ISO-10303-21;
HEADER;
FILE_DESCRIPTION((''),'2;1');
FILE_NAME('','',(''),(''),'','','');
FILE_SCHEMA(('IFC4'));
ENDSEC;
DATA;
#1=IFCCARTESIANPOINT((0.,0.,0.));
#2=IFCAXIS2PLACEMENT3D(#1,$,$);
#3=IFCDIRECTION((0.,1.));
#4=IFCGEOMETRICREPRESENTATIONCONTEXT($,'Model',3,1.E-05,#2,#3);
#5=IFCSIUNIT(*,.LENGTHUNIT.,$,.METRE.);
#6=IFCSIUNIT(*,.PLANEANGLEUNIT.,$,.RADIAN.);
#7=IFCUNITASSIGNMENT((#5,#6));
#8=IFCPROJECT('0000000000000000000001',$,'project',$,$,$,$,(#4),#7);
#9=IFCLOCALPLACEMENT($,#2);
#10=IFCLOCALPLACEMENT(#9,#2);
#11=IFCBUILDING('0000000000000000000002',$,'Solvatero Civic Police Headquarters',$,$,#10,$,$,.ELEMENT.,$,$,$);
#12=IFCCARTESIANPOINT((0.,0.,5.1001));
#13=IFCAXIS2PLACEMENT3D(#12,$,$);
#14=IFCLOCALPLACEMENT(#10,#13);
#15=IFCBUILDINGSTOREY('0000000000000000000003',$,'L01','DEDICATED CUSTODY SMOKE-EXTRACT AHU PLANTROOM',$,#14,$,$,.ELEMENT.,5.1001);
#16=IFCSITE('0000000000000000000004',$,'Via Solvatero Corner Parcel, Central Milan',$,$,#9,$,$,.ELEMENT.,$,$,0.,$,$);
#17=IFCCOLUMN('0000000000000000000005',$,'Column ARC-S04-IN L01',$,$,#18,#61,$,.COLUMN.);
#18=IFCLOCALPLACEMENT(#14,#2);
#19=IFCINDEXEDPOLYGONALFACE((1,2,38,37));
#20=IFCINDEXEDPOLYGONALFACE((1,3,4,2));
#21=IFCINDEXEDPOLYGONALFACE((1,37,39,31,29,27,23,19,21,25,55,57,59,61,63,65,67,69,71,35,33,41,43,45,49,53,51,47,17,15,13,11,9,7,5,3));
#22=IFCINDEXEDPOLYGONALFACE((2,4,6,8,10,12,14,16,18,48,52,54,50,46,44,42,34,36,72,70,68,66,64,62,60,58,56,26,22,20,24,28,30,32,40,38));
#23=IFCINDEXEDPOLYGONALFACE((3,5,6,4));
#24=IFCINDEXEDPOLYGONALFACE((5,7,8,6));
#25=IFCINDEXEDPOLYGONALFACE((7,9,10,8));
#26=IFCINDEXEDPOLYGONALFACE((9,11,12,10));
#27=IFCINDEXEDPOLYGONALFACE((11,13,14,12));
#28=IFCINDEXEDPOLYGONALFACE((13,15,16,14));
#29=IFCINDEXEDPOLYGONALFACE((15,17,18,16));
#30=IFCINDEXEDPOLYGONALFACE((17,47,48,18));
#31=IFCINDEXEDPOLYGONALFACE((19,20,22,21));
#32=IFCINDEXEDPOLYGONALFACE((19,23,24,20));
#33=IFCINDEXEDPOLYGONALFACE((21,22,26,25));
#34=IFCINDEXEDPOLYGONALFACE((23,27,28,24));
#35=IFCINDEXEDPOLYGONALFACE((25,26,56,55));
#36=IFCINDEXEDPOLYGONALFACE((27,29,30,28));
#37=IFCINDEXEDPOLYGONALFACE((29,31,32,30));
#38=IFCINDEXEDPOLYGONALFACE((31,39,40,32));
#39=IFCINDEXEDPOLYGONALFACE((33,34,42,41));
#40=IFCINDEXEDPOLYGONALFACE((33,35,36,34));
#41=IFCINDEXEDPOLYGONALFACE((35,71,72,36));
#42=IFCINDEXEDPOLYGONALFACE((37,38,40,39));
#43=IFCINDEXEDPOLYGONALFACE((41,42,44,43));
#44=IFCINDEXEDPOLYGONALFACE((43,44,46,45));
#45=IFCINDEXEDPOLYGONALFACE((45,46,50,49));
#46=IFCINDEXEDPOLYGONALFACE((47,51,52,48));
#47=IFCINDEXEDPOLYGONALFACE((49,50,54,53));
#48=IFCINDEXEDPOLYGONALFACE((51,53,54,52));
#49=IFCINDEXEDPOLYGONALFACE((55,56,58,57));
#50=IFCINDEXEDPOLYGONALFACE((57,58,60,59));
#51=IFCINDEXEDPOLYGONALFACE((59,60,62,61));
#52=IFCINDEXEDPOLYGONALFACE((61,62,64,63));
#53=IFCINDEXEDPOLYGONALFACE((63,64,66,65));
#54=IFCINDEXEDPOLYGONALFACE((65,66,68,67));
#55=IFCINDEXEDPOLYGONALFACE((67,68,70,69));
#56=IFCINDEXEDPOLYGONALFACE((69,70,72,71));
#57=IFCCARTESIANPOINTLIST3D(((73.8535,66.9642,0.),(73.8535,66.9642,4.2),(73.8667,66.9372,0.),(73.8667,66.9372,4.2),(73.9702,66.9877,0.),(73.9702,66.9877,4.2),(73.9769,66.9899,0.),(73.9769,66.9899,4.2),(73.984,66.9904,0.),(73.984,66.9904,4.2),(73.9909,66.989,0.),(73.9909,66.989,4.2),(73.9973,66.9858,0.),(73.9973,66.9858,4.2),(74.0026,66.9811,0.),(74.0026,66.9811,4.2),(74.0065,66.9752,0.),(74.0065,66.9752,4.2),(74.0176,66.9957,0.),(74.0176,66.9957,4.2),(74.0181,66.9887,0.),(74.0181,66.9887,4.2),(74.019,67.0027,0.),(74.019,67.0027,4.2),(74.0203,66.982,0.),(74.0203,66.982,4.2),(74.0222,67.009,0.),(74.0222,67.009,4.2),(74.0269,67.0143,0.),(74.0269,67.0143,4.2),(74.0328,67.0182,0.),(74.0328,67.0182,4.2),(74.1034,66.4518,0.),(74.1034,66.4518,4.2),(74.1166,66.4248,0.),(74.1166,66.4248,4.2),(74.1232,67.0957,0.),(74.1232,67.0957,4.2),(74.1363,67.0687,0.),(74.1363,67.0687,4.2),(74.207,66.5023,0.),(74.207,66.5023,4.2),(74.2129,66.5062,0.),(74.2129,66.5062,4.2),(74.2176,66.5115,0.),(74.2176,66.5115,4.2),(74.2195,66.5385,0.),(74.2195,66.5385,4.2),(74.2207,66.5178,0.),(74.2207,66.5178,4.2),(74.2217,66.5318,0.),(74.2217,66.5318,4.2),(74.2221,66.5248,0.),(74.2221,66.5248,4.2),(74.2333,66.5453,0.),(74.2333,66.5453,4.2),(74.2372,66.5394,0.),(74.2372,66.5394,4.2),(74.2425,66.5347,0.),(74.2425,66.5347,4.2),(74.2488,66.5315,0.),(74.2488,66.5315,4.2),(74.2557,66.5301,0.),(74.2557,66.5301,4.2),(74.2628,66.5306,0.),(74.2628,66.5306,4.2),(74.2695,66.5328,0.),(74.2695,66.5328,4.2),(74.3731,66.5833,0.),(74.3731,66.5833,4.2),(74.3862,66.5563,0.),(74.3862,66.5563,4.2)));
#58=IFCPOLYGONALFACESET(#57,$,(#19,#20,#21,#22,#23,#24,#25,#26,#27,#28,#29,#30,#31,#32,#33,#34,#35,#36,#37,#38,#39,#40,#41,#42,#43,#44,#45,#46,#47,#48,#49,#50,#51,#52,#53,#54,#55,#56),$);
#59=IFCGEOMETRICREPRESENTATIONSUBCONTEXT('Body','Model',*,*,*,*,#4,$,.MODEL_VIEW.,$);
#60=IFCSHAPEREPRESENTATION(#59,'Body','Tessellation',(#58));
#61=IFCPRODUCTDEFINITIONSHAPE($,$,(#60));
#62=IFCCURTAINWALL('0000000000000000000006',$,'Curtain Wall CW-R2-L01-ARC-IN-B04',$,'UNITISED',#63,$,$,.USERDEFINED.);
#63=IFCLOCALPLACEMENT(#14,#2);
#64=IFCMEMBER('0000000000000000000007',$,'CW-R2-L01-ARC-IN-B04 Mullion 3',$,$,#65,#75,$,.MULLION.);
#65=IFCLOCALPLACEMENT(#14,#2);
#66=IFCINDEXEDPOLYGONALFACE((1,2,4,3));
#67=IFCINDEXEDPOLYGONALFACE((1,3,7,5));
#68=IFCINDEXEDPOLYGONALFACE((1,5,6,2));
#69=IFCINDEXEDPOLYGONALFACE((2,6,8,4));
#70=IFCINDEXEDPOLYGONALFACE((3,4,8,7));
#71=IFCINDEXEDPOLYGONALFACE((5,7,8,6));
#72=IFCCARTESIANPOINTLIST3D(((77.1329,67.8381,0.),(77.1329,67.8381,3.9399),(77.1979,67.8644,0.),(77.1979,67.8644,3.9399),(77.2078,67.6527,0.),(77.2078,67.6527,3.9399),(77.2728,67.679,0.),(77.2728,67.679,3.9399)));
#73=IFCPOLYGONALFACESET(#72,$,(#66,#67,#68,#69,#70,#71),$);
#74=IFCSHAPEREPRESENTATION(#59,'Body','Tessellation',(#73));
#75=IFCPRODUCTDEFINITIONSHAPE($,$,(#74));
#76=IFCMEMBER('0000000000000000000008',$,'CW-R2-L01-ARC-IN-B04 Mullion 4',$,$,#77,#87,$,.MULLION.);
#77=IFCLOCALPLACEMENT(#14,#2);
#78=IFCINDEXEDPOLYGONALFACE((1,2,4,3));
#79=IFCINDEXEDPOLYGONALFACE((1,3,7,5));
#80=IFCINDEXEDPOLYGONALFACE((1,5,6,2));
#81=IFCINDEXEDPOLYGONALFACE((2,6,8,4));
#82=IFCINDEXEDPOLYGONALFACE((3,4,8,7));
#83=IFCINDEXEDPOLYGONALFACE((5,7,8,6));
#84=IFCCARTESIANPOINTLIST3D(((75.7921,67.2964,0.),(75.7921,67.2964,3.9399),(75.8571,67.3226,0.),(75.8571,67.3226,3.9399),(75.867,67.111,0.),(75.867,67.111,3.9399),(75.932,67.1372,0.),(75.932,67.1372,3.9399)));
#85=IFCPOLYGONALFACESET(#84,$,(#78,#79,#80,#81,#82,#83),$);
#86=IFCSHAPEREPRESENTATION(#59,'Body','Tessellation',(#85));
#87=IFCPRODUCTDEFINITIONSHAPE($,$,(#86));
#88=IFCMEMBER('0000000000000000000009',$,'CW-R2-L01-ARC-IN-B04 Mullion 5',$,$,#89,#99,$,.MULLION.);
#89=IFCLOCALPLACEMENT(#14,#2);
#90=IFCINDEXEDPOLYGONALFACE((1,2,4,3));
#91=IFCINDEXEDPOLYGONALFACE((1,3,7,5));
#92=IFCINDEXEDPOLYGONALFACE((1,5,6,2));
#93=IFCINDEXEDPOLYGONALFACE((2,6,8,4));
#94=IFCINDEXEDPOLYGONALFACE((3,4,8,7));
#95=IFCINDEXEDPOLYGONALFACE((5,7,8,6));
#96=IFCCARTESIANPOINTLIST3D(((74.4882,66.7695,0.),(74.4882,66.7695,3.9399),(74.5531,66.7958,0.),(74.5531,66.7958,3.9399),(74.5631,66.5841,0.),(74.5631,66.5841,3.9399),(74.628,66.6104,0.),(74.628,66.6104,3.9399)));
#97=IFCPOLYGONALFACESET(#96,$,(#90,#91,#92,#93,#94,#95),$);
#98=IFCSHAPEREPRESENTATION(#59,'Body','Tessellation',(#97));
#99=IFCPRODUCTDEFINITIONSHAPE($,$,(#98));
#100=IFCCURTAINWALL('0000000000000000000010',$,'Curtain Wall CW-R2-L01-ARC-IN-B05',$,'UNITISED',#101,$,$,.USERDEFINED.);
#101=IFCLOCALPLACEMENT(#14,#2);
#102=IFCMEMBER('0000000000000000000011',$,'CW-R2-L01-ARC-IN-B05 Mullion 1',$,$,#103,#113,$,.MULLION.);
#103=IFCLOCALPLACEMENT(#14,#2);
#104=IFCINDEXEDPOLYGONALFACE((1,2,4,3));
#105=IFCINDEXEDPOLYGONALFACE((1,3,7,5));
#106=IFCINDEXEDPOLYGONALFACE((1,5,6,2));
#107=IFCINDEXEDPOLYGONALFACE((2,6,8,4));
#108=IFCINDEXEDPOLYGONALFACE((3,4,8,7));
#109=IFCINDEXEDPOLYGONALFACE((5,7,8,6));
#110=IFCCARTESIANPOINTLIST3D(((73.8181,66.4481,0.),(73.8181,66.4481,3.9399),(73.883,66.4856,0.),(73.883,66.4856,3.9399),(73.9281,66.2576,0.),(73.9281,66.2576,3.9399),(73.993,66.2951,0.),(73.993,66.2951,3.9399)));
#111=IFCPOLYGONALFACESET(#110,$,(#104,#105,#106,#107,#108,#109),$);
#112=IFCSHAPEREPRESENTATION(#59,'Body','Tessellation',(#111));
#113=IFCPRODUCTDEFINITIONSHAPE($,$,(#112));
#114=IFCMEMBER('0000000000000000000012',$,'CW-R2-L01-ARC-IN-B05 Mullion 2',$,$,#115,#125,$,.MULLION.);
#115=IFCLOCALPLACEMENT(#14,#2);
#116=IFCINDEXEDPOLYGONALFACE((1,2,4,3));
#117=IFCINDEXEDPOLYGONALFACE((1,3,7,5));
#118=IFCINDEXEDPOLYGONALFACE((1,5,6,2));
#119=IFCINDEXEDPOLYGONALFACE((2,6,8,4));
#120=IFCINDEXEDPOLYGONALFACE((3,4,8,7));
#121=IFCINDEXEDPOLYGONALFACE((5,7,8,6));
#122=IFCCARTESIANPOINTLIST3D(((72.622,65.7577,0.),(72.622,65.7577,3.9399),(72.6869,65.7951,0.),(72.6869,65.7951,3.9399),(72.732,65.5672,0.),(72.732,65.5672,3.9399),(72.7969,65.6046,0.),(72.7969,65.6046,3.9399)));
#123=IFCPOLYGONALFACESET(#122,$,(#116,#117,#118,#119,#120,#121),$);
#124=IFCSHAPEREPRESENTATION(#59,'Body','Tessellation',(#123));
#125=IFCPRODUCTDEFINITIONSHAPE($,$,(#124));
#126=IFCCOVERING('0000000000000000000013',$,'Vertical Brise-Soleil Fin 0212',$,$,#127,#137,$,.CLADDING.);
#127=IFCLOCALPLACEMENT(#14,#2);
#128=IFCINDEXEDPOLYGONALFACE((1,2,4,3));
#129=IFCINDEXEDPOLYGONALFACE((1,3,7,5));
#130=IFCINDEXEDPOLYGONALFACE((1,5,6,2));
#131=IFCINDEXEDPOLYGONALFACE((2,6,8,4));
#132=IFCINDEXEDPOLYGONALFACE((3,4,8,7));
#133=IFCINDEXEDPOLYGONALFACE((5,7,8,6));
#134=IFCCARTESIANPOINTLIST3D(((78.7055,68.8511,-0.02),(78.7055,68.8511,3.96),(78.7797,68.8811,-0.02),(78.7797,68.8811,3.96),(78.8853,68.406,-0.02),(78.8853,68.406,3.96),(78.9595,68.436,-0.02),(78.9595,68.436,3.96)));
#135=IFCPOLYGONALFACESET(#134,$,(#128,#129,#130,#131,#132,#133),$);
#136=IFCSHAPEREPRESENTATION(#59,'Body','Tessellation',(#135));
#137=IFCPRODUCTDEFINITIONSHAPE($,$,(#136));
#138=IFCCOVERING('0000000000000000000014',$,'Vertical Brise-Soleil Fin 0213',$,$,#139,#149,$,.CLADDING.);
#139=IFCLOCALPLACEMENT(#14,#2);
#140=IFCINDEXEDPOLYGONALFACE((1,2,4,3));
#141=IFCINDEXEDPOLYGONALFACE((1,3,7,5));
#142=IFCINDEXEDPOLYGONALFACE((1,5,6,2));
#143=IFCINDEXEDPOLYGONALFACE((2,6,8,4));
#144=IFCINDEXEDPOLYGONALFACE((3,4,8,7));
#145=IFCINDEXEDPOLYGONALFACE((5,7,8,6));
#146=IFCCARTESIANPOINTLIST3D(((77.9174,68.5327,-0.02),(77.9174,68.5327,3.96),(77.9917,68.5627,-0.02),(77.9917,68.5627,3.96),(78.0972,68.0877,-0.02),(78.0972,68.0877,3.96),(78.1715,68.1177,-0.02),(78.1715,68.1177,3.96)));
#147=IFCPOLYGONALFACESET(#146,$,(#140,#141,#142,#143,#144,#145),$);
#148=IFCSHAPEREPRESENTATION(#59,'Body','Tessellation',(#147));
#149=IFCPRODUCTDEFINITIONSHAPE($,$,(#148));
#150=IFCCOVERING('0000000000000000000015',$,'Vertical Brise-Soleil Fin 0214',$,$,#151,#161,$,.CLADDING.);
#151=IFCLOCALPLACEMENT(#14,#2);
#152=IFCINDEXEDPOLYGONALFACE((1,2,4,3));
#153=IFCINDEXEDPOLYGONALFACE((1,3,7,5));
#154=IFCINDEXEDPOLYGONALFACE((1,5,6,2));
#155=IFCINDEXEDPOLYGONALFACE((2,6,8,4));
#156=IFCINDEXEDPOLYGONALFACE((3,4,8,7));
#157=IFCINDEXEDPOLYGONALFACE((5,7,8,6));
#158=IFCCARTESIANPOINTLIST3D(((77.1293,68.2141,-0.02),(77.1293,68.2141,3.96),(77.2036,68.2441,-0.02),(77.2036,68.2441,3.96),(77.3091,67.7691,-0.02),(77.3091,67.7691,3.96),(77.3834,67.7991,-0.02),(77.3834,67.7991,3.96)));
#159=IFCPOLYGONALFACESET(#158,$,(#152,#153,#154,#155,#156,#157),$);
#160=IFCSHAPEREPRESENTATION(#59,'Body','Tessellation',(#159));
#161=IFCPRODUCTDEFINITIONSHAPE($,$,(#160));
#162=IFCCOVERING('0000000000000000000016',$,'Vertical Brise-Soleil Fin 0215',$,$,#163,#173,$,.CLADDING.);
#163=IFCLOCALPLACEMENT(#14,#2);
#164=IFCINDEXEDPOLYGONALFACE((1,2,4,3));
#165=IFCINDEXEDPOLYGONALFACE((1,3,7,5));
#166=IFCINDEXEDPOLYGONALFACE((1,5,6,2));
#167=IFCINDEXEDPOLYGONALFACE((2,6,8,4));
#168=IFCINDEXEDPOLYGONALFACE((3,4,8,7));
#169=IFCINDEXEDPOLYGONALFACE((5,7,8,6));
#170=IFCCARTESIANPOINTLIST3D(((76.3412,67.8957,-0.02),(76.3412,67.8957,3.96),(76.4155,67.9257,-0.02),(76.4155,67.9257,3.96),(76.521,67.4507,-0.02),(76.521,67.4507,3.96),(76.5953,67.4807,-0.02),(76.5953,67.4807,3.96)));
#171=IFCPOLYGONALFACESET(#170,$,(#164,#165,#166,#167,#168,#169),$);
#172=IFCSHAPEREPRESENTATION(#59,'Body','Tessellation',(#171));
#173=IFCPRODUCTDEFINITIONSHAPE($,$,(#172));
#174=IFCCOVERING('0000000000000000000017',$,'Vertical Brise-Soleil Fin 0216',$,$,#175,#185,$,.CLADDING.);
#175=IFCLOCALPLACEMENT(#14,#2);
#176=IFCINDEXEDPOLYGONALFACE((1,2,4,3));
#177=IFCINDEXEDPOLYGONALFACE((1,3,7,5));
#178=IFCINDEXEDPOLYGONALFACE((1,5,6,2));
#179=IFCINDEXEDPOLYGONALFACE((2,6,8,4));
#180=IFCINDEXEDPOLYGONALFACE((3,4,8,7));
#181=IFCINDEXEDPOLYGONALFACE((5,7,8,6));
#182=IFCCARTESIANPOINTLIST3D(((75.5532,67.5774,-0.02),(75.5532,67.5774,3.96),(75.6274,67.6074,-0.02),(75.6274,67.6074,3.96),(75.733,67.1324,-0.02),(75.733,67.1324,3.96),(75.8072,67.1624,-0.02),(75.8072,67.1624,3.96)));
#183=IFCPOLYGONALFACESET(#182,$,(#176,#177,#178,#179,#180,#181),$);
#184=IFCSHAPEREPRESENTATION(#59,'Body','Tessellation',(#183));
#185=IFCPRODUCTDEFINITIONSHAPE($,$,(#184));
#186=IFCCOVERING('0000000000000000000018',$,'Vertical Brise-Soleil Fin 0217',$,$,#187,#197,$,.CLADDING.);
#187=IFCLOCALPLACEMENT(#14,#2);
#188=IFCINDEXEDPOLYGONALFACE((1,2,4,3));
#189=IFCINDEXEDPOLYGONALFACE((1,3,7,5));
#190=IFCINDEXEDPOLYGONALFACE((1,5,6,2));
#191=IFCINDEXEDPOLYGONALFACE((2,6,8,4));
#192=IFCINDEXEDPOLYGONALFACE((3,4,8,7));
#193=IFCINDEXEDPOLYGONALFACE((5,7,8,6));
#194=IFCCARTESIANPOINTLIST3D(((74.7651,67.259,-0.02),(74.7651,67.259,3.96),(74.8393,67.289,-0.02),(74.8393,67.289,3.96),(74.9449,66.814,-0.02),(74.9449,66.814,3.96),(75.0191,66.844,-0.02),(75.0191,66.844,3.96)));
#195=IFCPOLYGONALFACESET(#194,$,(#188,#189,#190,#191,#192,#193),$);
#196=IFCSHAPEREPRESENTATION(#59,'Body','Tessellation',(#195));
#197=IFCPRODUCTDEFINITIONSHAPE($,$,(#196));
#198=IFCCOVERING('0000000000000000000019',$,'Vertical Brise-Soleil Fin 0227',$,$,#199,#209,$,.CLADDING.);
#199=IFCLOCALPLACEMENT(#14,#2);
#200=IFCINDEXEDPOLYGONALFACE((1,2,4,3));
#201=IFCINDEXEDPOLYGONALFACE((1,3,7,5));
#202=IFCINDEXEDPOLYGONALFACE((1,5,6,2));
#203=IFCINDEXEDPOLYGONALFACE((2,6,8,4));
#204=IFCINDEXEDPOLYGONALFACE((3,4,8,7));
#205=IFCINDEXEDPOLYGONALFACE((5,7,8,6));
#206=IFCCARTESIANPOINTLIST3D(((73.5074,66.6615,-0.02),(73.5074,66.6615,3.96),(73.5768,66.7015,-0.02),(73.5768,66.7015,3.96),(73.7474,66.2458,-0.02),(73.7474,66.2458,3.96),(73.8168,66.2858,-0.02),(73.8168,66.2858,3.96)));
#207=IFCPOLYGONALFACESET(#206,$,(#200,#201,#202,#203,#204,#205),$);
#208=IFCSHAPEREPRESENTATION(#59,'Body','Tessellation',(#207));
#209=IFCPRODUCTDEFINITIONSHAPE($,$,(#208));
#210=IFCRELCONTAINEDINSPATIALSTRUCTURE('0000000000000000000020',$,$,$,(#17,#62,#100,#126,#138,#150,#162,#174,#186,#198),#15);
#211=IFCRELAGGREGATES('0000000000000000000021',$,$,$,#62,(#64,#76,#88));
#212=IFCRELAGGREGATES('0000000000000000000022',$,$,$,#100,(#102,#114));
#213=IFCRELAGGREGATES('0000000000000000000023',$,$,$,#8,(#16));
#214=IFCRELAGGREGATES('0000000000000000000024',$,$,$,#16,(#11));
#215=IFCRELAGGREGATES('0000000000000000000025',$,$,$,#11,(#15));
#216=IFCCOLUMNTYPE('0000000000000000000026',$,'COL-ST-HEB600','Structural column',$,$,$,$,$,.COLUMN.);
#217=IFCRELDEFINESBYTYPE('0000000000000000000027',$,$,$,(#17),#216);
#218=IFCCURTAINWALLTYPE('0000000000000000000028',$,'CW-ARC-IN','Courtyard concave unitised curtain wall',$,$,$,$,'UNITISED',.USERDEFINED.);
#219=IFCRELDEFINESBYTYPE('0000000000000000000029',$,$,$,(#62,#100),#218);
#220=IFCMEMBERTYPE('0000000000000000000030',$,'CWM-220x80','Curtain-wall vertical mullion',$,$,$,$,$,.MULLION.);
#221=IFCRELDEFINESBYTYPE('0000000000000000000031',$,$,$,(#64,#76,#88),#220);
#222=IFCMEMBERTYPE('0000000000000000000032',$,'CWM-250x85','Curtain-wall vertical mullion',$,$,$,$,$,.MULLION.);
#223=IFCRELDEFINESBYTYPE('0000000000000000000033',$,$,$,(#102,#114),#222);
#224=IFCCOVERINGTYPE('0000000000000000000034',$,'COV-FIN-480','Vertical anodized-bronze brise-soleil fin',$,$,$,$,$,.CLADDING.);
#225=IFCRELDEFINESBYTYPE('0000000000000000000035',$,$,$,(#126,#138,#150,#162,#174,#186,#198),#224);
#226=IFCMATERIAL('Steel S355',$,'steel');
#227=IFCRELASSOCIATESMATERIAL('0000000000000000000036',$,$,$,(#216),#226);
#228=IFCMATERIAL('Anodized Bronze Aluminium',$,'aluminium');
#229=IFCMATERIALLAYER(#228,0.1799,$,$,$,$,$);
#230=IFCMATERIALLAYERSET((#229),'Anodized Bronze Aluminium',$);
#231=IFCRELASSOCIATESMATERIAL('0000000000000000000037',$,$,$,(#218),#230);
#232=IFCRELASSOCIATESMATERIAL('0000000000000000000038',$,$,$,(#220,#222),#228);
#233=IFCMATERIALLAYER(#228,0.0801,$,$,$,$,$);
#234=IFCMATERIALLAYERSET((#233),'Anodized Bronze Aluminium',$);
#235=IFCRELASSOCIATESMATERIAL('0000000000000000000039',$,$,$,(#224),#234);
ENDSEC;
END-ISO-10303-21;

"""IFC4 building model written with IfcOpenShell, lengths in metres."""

from ifc_helpers import new_model, si_unit, direction, frame, origin, origin_2d, place, context, subcontext, project, spatial, rectangle, i_section, extrude, material, layer, layer_set, material_profile, profile_set, type_object, element, aggregate, save


model = new_model("IFC4")

# Units and contexts
model_context = context("Model", 3, precision=1e-05, world=origin(), true_north=direction((0.0, 1.0)))
body_context = subcontext(model_context, "Body", "Model", "MODEL_VIEW")
ifc_project = project(units=[si_unit("LENGTHUNIT", "METRE"), si_unit("PLANEANGLEUNIT", "RADIAN")], contexts=[model_context])

# Site, building, storey
site_placement = place(None, origin())
site = spatial("IfcSite", under=ifc_project, at=site_placement, Name="Via Solvatero Corner Parcel, Central Milan", CompositionType="ELEMENT", RefElevation=0.0)
building_placement = place(site_placement, origin())
building = spatial("IfcBuilding", under=site, at=building_placement, Name="Solvatero Civic Police Headquarters", CompositionType="ELEMENT")
storey_placement = place(building_placement, frame((0.0, 0.0, 5.1001)))
storey = spatial("IfcBuildingStorey", under=building, at=storey_placement, Name="L01", Description="DEDICATED CUSTODY SMOKE-EXTRACT AHU PLANTROOM", CompositionType="ELEMENT", Elevation=5.1001)

# Column
ifc_material_1 = material(Name="Steel S355", Category="steel")
ifc_material_profile_1 = material_profile(ifc_material_1, i_section(OverallWidth=0.3, OverallDepth=0.6001, WebThickness=0.0154, FlangeThickness=0.03, FilletRadius=0.0271, at=origin_2d()), Name="HEB 600")
ifc_profile_set_1 = profile_set([ifc_material_profile_1], Name="Steel S355")
column_type = type_object("IfcColumnType", Name="COL-ST-HEB600", Description="Structural column", PredefinedType="COLUMN", material=ifc_profile_set_1)
column_placement = place(storey_placement, frame((74.1199, 66.7603, 0.0), z_axis=(0.0, 0.0, 1.0), x_axis=(0.898794, 0.438371, 0.0)))
element("IfcColumn", 1, at=column_placement, inside=storey, type_object=column_type, Name="Column ARC-S04-IN L01", PredefinedType="COLUMN", context=body_context, shape_type="SweptSolid", body=[
    extrude(i_section(OverallWidth=0.3, OverallDepth=0.6001, WebThickness=0.0154, FlangeThickness=0.03, FilletRadius=0.0271, at=origin_2d()), origin(), (0.0, 0.0, 1.0), 4.2),
])

# Curtain walls, members
ifc_material_2 = material(Name="Anodized Bronze Aluminium", Category="aluminium")
ifc_layer_1 = layer(ifc_material_2, 0.1799)
ifc_layer_set_1 = layer_set([ifc_layer_1], Name="Anodized Bronze Aluminium")
curtain_wall_type = type_object("IfcCurtainWallType", Name="CW-ARC-IN", Description="Courtyard concave unitised curtain wall", ElementType="UNITISED", PredefinedType="USERDEFINED", material=ifc_layer_set_1)
curtain_wall_1_placement = place(storey_placement, origin())
curtain_wall_1 = element("IfcCurtainWall", 2, at=curtain_wall_1_placement, inside=storey, type_object=curtain_wall_type, Name="Curtain Wall CW-R2-L01-ARC-IN-B04", ObjectType="UNITISED", PredefinedType="USERDEFINED")
ifc_material_profile_2 = material_profile(ifc_material_2, rectangle(XDim=0.0701, YDim=0.2, at=origin_2d()), Name="ALU MULLION 70x200")
ifc_profile_set_2 = profile_set([ifc_material_profile_2], Name="Anodized Bronze Aluminium")
member_type_1 = type_object("IfcMemberType", Name="CWM-220x80", Description="Curtain-wall vertical mullion", PredefinedType="MULLION", material=ifc_profile_set_2)
member_1_placement = place(storey_placement, frame((77.2029, 67.7585, 0.0), z_axis=(0.0, 0.0, 1.0), x_axis=(-0.927184, -0.374607, 0.0)))
member_1 = element("IfcMember", 3, at=member_1_placement, type_object=member_type_1, Name="CW-R2-L01-ARC-IN-B04 Mullion 3", PredefinedType="MULLION", context=body_context, shape_type="SweptSolid", body=[
    extrude(rectangle(XDim=0.0701, YDim=0.2, at=origin_2d()), origin(), (0.0, 0.0, 1.0), 3.9399),
])
member_2_placement = place(storey_placement, frame((75.8621, 67.2168, 0.0), z_axis=(0.0, 0.0, 1.0), x_axis=(-0.927184, -0.374607, 0.0)))
member_2 = element("IfcMember", 4, at=member_2_placement, type_object=member_type_1, Name="CW-R2-L01-ARC-IN-B04 Mullion 4", PredefinedType="MULLION", context=body_context, shape_type="SweptSolid", body=[
    extrude(rectangle(XDim=0.0701, YDim=0.2, at=origin_2d()), origin(), (0.0, 0.0, 1.0), 3.9399),
])
member_3_placement = place(storey_placement, frame((74.5581, 66.6899, 0.0), z_axis=(0.0, 0.0, 1.0), x_axis=(-0.927184, -0.374607, 0.0)))
member_3 = element("IfcMember", 5, at=member_3_placement, type_object=member_type_1, Name="CW-R2-L01-ARC-IN-B04 Mullion 5", PredefinedType="MULLION", context=body_context, shape_type="SweptSolid", body=[
    extrude(rectangle(XDim=0.0701, YDim=0.2, at=origin_2d()), origin(), (0.0, 0.0, 1.0), 3.9399),
])
aggregate(curtain_wall_1, [member_1, member_2, member_3])
curtain_wall_2_placement = place(storey_placement, origin())
curtain_wall_2 = element("IfcCurtainWall", 6, at=curtain_wall_2_placement, inside=storey, type_object=curtain_wall_type, Name="Curtain Wall CW-R2-L01-ARC-IN-B05", ObjectType="UNITISED", PredefinedType="USERDEFINED")
ifc_material_profile_3 = material_profile(ifc_material_2, rectangle(XDim=0.075, YDim=0.22, at=origin_2d()), Name="ALU MULLION 75x220")
ifc_profile_set_3 = profile_set([ifc_material_profile_3], Name="Anodized Bronze Aluminium")
member_type_2 = type_object("IfcMemberType", Name="CWM-250x85", Description="Curtain-wall vertical mullion", PredefinedType="MULLION", material=ifc_profile_set_3)
member_4_placement = place(storey_placement, frame((73.9055, 66.3716, 0.0), z_axis=(0.0, 0.0, 1.0), x_axis=(-0.866025, -0.5, 0.0)))
member_4 = element("IfcMember", 7, at=member_4_placement, type_object=member_type_2, Name="CW-R2-L01-ARC-IN-B05 Mullion 1", PredefinedType="MULLION", context=body_context, shape_type="SweptSolid", body=[
    extrude(rectangle(XDim=0.075, YDim=0.22, at=origin_2d()), origin(), (0.0, 0.0, 1.0), 3.9399),
])
member_5_placement = place(storey_placement, frame((72.7095, 65.6812, 0.0), z_axis=(0.0, 0.0, 1.0), x_axis=(-0.866025, -0.5, 0.0)))
member_5 = element("IfcMember", 8, at=member_5_placement, type_object=member_type_2, Name="CW-R2-L01-ARC-IN-B05 Mullion 2", PredefinedType="MULLION", context=body_context, shape_type="SweptSolid", body=[
    extrude(rectangle(XDim=0.075, YDim=0.22, at=origin_2d()), origin(), (0.0, 0.0, 1.0), 3.9399),
])
aggregate(curtain_wall_2, [member_4, member_5])

# Coverings
ifc_layer_2 = layer(ifc_material_2, 0.0801)
ifc_layer_set_2 = layer_set([ifc_layer_2], Name="Anodized Bronze Aluminium")
covering_type = type_object("IfcCoveringType", Name="COV-FIN-480", Description="Vertical anodized-bronze brise-soleil fin", PredefinedType="CLADDING", material=ifc_layer_set_2)
for number, where, z_axis, x_axis, name in (
    (9, (78.8325, 68.6436, -0.02), (0.0, 0.0, 1.0), (-0.927184, -0.374607, 0.0), "Vertical Brise-Soleil Fin 0212"),
    (10, (78.0444, 68.3252, -0.02), (0.0, 0.0, 1.0), (-0.927184, -0.374607, 0.0), "Vertical Brise-Soleil Fin 0213"),
    (11, (77.2563, 68.0066, -0.02), (0.0, 0.0, 1.0), (-0.927184, -0.374607, 0.0), "Vertical Brise-Soleil Fin 0214"),
    (12, (76.4683, 67.6882, -0.02), (0.0, 0.0, 1.0), (-0.927184, -0.374607, 0.0), "Vertical Brise-Soleil Fin 0215"),
    (13, (75.6802, 67.3699, -0.02), (0.0, 0.0, 1.0), (-0.927184, -0.374607, 0.0), "Vertical Brise-Soleil Fin 0216"),
    (14, (74.8921, 67.0515, -0.02), (0.0, 0.0, 1.0), (-0.927184, -0.374607, 0.0), "Vertical Brise-Soleil Fin 0217"),
    (15, (73.6621, 66.4736, -0.02), (0.0, 0.0, 1.0), (-0.866025, -0.5, 0.0), "Vertical Brise-Soleil Fin 0227"),
):
    element("IfcCovering", number, at=place(storey_placement, frame(where, z_axis=z_axis, x_axis=x_axis)), inside=storey, type_object=covering_type, Name=name, PredefinedType="CLADDING", context=body_context, shape_type="SweptSolid", body=[
        extrude(rectangle(XDim=0.0801, YDim=0.48, at=origin_2d()), origin(), (0.0, 0.0, 1.0), 3.98),
    ])

save(model, "model.ifc")
